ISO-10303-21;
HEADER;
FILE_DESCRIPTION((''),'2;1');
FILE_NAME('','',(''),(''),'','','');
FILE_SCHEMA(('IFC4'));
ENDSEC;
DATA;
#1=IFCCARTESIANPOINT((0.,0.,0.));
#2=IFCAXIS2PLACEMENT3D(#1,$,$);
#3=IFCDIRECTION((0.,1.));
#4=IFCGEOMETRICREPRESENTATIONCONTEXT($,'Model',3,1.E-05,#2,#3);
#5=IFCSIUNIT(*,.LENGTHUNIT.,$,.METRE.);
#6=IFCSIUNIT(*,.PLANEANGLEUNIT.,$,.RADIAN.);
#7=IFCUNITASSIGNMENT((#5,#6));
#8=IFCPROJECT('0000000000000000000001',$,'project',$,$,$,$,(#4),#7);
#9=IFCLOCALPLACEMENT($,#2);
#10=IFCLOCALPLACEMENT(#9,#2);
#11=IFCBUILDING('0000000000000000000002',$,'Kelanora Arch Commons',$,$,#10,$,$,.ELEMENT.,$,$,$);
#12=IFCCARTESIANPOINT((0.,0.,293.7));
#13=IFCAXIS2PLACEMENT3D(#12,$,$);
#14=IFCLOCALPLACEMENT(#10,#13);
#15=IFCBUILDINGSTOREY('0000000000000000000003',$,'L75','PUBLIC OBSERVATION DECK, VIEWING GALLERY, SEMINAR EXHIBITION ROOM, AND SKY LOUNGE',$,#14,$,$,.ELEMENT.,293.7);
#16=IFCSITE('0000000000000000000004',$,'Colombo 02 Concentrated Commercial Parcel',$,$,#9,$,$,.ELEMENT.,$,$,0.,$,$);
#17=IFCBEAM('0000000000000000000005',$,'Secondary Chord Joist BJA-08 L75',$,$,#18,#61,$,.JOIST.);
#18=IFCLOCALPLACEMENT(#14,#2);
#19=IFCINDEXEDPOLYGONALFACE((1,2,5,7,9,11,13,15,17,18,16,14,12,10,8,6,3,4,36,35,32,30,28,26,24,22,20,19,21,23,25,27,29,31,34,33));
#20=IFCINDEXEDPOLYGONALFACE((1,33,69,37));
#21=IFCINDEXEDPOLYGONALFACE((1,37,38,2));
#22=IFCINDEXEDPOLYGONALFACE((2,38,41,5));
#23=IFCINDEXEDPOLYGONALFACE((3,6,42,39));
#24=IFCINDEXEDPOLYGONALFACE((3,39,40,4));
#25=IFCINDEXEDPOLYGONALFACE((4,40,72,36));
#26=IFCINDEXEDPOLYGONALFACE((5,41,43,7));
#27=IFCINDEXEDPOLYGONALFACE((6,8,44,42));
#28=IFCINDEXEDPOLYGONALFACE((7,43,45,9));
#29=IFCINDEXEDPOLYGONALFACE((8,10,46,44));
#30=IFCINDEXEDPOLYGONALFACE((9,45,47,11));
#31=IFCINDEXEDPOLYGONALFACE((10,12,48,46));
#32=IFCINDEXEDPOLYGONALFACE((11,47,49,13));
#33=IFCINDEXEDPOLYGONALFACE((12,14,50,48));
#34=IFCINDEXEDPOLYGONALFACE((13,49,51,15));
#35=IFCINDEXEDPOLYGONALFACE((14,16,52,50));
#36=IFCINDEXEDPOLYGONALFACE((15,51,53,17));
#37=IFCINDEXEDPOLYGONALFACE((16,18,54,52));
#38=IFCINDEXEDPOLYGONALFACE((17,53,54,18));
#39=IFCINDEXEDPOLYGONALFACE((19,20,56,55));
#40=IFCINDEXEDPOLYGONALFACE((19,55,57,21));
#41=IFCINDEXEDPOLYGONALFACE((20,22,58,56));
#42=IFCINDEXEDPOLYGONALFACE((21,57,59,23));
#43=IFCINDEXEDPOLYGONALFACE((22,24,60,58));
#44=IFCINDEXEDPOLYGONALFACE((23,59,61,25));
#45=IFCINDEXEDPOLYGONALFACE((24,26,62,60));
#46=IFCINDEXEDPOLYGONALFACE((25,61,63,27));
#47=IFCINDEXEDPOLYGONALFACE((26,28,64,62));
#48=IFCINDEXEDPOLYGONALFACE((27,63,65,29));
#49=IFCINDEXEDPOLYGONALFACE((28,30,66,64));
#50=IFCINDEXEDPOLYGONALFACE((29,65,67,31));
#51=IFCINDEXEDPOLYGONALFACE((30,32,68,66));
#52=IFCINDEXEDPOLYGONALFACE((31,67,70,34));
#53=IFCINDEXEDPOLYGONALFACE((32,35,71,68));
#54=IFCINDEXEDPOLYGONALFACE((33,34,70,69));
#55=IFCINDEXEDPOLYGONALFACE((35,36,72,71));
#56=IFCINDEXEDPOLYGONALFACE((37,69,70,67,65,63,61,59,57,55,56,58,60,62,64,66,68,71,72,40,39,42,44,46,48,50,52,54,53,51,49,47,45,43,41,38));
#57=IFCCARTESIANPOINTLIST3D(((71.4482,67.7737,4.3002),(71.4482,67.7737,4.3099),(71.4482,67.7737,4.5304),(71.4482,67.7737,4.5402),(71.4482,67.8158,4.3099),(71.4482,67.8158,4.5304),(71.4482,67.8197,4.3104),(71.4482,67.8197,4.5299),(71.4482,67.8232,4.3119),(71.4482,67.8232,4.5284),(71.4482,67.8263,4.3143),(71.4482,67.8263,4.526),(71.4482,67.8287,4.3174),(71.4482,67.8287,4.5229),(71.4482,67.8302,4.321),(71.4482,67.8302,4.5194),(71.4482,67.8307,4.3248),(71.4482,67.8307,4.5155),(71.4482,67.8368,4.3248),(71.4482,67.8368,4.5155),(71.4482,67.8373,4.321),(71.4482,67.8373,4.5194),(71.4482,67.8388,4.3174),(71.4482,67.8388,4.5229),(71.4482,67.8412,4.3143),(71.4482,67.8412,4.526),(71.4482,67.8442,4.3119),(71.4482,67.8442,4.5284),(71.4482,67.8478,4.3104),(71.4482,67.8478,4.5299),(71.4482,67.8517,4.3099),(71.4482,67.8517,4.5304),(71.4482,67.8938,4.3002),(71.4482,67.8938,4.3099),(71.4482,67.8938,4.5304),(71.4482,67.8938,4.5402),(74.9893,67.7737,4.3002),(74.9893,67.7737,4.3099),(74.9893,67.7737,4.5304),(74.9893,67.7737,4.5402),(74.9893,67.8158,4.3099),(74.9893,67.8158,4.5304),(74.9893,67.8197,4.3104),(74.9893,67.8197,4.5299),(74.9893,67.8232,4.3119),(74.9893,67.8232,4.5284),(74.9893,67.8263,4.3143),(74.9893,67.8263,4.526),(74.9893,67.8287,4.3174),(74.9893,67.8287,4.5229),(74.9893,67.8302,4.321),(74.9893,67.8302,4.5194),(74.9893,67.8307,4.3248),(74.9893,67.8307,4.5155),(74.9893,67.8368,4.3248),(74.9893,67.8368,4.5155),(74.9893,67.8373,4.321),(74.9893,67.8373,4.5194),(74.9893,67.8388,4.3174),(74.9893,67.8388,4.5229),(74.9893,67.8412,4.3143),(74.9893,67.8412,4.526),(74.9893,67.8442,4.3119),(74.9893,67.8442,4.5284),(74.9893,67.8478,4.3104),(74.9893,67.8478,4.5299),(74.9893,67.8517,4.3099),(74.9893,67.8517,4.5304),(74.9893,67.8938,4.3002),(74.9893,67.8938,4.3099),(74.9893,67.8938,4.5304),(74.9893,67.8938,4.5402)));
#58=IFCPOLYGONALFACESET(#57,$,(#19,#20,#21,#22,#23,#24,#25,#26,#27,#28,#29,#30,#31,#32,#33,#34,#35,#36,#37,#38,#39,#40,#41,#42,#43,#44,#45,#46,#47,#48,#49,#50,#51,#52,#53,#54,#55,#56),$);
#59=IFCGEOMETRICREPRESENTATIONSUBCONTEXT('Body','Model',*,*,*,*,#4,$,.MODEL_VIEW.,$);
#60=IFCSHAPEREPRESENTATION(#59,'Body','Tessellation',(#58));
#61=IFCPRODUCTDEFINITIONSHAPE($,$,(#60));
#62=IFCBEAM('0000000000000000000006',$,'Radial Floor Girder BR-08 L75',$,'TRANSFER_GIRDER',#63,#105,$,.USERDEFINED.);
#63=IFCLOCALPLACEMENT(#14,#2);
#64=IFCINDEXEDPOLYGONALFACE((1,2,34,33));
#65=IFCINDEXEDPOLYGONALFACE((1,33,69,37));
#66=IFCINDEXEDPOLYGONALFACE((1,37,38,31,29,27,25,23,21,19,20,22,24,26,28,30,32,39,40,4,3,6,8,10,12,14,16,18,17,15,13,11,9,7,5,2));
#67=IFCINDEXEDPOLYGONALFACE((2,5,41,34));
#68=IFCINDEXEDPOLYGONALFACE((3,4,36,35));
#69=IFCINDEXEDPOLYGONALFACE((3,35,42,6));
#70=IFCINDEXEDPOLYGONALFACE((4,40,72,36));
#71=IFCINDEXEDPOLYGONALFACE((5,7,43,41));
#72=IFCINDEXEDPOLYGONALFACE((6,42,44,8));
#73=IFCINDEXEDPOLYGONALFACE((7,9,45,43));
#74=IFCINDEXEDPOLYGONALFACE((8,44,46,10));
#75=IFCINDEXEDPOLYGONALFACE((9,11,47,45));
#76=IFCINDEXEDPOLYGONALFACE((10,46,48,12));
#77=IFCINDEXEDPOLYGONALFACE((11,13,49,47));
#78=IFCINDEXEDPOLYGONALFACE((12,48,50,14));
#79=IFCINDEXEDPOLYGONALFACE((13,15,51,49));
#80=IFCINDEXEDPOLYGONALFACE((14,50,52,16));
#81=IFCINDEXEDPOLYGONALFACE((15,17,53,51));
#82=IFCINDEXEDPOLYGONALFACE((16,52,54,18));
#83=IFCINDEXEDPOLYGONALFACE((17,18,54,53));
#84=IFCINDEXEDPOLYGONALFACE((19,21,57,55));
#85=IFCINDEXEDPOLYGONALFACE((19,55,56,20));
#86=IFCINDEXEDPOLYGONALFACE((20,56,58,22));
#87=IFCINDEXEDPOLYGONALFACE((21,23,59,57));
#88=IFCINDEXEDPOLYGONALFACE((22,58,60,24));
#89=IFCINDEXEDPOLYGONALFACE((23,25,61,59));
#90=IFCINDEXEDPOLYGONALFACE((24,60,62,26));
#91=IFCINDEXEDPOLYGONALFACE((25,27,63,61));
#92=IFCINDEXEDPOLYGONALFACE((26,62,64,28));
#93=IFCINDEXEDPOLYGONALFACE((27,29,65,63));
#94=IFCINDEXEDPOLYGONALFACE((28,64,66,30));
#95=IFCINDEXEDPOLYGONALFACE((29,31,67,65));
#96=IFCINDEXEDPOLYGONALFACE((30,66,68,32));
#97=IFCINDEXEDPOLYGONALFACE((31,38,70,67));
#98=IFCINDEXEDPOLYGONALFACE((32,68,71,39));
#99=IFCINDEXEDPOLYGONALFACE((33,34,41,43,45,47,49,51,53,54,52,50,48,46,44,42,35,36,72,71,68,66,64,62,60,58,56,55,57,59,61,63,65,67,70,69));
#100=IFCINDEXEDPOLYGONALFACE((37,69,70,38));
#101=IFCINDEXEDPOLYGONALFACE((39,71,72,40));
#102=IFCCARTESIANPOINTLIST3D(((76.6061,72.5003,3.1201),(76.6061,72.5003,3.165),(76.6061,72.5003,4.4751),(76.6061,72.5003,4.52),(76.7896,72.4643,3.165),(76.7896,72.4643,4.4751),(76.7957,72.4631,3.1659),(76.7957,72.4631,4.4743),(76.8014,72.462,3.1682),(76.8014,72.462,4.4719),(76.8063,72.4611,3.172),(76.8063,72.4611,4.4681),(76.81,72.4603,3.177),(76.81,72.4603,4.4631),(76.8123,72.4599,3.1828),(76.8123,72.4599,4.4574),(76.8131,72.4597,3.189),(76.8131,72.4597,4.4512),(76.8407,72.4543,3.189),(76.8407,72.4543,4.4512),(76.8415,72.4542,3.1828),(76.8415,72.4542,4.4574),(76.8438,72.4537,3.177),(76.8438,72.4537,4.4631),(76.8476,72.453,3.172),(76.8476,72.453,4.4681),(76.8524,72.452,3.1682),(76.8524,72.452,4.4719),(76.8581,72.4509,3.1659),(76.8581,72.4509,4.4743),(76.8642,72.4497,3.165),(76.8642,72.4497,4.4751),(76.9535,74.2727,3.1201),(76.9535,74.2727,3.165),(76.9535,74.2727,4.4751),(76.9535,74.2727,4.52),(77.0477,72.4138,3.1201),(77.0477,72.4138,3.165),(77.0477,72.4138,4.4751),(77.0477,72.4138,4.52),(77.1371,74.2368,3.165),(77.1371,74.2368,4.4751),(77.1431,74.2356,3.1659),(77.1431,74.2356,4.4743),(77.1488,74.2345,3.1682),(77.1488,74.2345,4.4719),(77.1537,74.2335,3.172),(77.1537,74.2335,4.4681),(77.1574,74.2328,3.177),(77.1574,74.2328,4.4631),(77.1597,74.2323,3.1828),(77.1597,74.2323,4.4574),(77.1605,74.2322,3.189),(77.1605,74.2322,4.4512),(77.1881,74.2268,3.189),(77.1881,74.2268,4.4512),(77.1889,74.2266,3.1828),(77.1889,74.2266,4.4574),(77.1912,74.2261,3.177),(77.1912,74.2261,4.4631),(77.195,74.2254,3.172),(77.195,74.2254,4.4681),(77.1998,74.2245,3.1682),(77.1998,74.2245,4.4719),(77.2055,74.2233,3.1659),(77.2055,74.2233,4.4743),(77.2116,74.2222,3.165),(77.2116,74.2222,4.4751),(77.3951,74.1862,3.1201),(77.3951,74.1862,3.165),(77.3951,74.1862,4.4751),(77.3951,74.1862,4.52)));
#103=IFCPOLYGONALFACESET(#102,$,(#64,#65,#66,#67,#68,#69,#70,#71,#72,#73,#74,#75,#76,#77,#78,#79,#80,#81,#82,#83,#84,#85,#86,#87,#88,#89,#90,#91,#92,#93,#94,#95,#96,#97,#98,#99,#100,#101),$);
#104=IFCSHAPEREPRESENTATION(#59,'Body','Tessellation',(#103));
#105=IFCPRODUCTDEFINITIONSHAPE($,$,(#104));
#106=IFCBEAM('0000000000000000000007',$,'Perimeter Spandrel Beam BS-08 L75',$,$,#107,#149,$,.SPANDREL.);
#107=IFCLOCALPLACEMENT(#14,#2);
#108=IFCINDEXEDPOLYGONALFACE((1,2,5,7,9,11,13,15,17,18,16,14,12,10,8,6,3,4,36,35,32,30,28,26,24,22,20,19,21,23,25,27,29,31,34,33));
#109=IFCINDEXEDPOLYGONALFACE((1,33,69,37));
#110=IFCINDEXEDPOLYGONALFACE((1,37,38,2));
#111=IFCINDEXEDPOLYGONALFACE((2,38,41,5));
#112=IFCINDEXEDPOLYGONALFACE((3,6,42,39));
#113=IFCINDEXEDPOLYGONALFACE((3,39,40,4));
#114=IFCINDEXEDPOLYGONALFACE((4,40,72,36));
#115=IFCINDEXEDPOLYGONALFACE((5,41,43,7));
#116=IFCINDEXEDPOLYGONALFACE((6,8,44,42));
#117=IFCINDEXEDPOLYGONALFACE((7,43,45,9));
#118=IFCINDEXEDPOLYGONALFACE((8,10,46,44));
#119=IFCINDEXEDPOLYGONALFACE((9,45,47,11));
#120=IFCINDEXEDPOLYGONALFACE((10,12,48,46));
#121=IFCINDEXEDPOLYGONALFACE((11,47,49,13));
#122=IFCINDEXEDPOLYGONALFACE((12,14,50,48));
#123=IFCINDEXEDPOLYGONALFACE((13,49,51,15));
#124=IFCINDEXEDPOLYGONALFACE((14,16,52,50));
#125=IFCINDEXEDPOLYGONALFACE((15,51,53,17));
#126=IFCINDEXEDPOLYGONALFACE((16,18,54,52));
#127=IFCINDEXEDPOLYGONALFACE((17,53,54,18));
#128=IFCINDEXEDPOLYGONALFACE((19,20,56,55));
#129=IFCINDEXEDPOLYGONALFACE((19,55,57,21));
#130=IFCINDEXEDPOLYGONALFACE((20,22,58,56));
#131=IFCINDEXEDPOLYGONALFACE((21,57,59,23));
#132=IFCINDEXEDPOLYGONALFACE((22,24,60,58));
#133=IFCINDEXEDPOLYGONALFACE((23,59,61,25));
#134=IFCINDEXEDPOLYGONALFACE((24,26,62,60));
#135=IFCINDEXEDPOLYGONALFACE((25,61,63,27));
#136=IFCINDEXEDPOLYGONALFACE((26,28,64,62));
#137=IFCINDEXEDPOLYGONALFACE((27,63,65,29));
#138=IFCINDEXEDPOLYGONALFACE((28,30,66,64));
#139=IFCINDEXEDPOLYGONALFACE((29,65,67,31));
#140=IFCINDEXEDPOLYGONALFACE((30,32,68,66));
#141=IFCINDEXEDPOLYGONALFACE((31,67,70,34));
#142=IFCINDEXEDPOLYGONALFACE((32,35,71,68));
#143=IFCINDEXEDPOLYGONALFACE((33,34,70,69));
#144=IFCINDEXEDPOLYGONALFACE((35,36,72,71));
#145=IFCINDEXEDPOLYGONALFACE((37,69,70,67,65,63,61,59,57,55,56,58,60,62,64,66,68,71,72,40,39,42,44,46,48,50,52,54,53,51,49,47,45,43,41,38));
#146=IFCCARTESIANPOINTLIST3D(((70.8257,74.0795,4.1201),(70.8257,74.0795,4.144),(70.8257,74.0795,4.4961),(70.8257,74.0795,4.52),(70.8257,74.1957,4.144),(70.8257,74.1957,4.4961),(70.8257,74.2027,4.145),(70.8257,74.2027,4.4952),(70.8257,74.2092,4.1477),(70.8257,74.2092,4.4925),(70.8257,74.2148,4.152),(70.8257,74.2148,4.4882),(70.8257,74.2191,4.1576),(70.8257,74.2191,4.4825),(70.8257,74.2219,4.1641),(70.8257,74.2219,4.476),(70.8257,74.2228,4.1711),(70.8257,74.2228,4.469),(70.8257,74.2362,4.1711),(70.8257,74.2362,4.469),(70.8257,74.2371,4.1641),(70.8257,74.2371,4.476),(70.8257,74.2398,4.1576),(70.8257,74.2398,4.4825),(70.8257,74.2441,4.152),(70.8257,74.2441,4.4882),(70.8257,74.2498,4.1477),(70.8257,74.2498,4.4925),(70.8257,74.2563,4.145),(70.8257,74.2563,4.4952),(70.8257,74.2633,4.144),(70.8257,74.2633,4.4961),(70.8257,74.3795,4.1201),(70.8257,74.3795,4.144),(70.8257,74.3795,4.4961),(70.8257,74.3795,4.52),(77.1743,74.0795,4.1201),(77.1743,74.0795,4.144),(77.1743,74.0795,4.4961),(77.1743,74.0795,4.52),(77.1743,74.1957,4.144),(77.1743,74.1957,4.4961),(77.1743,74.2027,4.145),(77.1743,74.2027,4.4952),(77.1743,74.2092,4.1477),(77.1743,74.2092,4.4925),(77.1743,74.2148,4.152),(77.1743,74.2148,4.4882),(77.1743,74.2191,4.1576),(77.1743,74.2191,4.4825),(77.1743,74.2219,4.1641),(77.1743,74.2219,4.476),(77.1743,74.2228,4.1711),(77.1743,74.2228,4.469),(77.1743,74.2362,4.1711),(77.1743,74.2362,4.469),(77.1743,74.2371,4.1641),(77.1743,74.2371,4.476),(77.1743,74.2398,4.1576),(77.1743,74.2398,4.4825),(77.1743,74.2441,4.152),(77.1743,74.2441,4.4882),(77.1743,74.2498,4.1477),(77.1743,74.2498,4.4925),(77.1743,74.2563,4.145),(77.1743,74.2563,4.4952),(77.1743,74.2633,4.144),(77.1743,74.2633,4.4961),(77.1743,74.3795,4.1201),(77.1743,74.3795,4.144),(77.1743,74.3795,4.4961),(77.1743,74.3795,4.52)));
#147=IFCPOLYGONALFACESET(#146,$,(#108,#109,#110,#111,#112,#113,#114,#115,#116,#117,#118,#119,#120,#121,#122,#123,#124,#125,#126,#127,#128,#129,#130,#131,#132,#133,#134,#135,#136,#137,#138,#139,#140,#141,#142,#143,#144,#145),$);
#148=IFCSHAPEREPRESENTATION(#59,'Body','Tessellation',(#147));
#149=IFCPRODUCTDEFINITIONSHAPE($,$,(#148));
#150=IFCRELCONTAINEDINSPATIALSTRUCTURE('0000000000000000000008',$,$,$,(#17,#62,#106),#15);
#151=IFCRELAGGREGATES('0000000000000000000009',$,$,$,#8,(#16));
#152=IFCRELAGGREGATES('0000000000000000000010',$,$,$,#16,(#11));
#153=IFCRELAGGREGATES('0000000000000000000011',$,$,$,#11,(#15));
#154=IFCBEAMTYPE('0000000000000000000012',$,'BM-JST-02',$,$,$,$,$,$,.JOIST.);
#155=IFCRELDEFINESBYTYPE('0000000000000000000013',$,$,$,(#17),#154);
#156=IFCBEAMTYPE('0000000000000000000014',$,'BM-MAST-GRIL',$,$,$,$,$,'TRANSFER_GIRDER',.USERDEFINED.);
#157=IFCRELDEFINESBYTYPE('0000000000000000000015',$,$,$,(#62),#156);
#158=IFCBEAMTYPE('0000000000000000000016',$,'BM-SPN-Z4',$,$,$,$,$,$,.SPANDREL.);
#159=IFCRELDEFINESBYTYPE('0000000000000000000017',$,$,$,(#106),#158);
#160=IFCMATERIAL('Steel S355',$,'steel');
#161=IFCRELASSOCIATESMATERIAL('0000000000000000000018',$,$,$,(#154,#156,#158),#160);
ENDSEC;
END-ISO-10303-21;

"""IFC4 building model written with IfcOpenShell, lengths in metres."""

from ifc_helpers import new_model, si_unit, direction, frame, origin, origin_2d, place, context, subcontext, project, spatial, i_section, extrude, material, material_profile, profile_set, type_object, element, save


model = new_model("IFC4")

# Units and contexts
model_context = context("Model", 3, precision=1e-05, world=origin(), true_north=direction((0.0, 1.0)))
body_context = subcontext(model_context, "Body", "Model", "MODEL_VIEW")
ifc_project = project(units=[si_unit("LENGTHUNIT", "METRE"), si_unit("PLANEANGLEUNIT", "RADIAN")], contexts=[model_context])

# Site, building, storey
site_placement = place(None, origin())
site = spatial("IfcSite", under=ifc_project, at=site_placement, Name="Colombo 02 Concentrated Commercial Parcel", CompositionType="ELEMENT", RefElevation=0.0)
building_placement = place(site_placement, origin())
building = spatial("IfcBuilding", under=site, at=building_placement, Name="Kelanora Arch Commons", CompositionType="ELEMENT")
storey_placement = place(building_placement, frame((0.0, 0.0, 293.7)))
storey = spatial("IfcBuildingStorey", under=building, at=storey_placement, Name="L75", Description="PUBLIC OBSERVATION DECK, VIEWING GALLERY, SEMINAR EXHIBITION ROOM, AND SKY LOUNGE", CompositionType="ELEMENT", Elevation=293.7)

# Beams
ifc_material_1 = material(Name="Steel S355", Category="steel")
ifc_material_profile_1 = material_profile(ifc_material_1, i_section(OverallWidth=0.1201, OverallDepth=0.24, WebThickness=0.0061, FlangeThickness=0.0098, FilletRadius=0.0149, at=origin_2d()), Name="IPE240")
ifc_profile_set_1 = profile_set([ifc_material_profile_1], Name="Steel S355")
beam_type_1 = type_object("IfcBeamType", Name="BM-JST-02", PredefinedType="JOIST", material=ifc_profile_set_1)
beam_1_placement = place(storey_placement, frame((74.9893, 67.8337, 4.4202), z_axis=(-1.0, 0.0, 0.0), x_axis=(0.0, -1.0, 0.0)))
element("IfcBeam", 1, at=beam_1_placement, inside=storey, type_object=beam_type_1, Name="Secondary Chord Joist BJA-08 L75", PredefinedType="JOIST", context=body_context, shape_type="SweptSolid", body=[
    extrude(i_section(OverallWidth=0.1201, OverallDepth=0.24, WebThickness=0.0061, FlangeThickness=0.0098, FilletRadius=0.0149, at=origin_2d()), origin(), (0.0, 0.0, 1.0), 3.541),
])
ifc_material_profile_2 = material_profile(ifc_material_1, i_section(OverallWidth=0.45, OverallDepth=1.3999, WebThickness=0.0281, FlangeThickness=0.0449, FilletRadius=0.0239, at=origin_2d()), Name="PG1400x450")
ifc_profile_set_2 = profile_set([ifc_material_profile_2], Name="Steel S355")
beam_type_2 = type_object("IfcBeamType", Name="BM-MAST-GRIL", ElementType="TRANSFER_GIRDER", PredefinedType="USERDEFINED", material=ifc_profile_set_2)
beam_2_placement = place(storey_placement, frame((76.8269, 72.457, 3.8201), z_axis=(0.192346, 0.981327, 0.0), x_axis=(-0.981327, 0.192346, 0.0)))
element("IfcBeam", 2, at=beam_2_placement, inside=storey, type_object=beam_type_2, Name="Radial Floor Girder BR-08 L75", ObjectType="TRANSFER_GIRDER", PredefinedType="USERDEFINED", context=body_context, shape_type="SweptSolid", body=[
    extrude(i_section(OverallWidth=0.45, OverallDepth=1.3999, WebThickness=0.0281, FlangeThickness=0.0449, FilletRadius=0.0239, at=origin_2d()), origin(), (0.0, 0.0, 1.0), 1.8062),
])
ifc_material_profile_3 = material_profile(ifc_material_1, i_section(OverallWidth=0.3, OverallDepth=0.3999, WebThickness=0.0134, FlangeThickness=0.0239, FilletRadius=0.0271, at=origin_2d()), Name="HEB400")
ifc_profile_set_3 = profile_set([ifc_material_profile_3], Name="Steel S355")
beam_type_3 = type_object("IfcBeamType", Name="BM-SPN-Z4", PredefinedType="SPANDREL", material=ifc_profile_set_3)
beam_3_placement = place(storey_placement, frame((77.1743, 74.2295, 4.3201), z_axis=(-1.0, 0.0, 0.0), x_axis=(0.0, -1.0, 0.0)))
element("IfcBeam", 3, at=beam_3_placement, inside=storey, type_object=beam_type_3, Name="Perimeter Spandrel Beam BS-08 L75", PredefinedType="SPANDREL", context=body_context, shape_type="SweptSolid", body=[
    extrude(i_section(OverallWidth=0.3, OverallDepth=0.3999, WebThickness=0.0134, FlangeThickness=0.0239, FilletRadius=0.0271, at=origin_2d()), origin(), (0.0, 0.0, 1.0), 6.3486),
])

save(model, "model.ifc")
